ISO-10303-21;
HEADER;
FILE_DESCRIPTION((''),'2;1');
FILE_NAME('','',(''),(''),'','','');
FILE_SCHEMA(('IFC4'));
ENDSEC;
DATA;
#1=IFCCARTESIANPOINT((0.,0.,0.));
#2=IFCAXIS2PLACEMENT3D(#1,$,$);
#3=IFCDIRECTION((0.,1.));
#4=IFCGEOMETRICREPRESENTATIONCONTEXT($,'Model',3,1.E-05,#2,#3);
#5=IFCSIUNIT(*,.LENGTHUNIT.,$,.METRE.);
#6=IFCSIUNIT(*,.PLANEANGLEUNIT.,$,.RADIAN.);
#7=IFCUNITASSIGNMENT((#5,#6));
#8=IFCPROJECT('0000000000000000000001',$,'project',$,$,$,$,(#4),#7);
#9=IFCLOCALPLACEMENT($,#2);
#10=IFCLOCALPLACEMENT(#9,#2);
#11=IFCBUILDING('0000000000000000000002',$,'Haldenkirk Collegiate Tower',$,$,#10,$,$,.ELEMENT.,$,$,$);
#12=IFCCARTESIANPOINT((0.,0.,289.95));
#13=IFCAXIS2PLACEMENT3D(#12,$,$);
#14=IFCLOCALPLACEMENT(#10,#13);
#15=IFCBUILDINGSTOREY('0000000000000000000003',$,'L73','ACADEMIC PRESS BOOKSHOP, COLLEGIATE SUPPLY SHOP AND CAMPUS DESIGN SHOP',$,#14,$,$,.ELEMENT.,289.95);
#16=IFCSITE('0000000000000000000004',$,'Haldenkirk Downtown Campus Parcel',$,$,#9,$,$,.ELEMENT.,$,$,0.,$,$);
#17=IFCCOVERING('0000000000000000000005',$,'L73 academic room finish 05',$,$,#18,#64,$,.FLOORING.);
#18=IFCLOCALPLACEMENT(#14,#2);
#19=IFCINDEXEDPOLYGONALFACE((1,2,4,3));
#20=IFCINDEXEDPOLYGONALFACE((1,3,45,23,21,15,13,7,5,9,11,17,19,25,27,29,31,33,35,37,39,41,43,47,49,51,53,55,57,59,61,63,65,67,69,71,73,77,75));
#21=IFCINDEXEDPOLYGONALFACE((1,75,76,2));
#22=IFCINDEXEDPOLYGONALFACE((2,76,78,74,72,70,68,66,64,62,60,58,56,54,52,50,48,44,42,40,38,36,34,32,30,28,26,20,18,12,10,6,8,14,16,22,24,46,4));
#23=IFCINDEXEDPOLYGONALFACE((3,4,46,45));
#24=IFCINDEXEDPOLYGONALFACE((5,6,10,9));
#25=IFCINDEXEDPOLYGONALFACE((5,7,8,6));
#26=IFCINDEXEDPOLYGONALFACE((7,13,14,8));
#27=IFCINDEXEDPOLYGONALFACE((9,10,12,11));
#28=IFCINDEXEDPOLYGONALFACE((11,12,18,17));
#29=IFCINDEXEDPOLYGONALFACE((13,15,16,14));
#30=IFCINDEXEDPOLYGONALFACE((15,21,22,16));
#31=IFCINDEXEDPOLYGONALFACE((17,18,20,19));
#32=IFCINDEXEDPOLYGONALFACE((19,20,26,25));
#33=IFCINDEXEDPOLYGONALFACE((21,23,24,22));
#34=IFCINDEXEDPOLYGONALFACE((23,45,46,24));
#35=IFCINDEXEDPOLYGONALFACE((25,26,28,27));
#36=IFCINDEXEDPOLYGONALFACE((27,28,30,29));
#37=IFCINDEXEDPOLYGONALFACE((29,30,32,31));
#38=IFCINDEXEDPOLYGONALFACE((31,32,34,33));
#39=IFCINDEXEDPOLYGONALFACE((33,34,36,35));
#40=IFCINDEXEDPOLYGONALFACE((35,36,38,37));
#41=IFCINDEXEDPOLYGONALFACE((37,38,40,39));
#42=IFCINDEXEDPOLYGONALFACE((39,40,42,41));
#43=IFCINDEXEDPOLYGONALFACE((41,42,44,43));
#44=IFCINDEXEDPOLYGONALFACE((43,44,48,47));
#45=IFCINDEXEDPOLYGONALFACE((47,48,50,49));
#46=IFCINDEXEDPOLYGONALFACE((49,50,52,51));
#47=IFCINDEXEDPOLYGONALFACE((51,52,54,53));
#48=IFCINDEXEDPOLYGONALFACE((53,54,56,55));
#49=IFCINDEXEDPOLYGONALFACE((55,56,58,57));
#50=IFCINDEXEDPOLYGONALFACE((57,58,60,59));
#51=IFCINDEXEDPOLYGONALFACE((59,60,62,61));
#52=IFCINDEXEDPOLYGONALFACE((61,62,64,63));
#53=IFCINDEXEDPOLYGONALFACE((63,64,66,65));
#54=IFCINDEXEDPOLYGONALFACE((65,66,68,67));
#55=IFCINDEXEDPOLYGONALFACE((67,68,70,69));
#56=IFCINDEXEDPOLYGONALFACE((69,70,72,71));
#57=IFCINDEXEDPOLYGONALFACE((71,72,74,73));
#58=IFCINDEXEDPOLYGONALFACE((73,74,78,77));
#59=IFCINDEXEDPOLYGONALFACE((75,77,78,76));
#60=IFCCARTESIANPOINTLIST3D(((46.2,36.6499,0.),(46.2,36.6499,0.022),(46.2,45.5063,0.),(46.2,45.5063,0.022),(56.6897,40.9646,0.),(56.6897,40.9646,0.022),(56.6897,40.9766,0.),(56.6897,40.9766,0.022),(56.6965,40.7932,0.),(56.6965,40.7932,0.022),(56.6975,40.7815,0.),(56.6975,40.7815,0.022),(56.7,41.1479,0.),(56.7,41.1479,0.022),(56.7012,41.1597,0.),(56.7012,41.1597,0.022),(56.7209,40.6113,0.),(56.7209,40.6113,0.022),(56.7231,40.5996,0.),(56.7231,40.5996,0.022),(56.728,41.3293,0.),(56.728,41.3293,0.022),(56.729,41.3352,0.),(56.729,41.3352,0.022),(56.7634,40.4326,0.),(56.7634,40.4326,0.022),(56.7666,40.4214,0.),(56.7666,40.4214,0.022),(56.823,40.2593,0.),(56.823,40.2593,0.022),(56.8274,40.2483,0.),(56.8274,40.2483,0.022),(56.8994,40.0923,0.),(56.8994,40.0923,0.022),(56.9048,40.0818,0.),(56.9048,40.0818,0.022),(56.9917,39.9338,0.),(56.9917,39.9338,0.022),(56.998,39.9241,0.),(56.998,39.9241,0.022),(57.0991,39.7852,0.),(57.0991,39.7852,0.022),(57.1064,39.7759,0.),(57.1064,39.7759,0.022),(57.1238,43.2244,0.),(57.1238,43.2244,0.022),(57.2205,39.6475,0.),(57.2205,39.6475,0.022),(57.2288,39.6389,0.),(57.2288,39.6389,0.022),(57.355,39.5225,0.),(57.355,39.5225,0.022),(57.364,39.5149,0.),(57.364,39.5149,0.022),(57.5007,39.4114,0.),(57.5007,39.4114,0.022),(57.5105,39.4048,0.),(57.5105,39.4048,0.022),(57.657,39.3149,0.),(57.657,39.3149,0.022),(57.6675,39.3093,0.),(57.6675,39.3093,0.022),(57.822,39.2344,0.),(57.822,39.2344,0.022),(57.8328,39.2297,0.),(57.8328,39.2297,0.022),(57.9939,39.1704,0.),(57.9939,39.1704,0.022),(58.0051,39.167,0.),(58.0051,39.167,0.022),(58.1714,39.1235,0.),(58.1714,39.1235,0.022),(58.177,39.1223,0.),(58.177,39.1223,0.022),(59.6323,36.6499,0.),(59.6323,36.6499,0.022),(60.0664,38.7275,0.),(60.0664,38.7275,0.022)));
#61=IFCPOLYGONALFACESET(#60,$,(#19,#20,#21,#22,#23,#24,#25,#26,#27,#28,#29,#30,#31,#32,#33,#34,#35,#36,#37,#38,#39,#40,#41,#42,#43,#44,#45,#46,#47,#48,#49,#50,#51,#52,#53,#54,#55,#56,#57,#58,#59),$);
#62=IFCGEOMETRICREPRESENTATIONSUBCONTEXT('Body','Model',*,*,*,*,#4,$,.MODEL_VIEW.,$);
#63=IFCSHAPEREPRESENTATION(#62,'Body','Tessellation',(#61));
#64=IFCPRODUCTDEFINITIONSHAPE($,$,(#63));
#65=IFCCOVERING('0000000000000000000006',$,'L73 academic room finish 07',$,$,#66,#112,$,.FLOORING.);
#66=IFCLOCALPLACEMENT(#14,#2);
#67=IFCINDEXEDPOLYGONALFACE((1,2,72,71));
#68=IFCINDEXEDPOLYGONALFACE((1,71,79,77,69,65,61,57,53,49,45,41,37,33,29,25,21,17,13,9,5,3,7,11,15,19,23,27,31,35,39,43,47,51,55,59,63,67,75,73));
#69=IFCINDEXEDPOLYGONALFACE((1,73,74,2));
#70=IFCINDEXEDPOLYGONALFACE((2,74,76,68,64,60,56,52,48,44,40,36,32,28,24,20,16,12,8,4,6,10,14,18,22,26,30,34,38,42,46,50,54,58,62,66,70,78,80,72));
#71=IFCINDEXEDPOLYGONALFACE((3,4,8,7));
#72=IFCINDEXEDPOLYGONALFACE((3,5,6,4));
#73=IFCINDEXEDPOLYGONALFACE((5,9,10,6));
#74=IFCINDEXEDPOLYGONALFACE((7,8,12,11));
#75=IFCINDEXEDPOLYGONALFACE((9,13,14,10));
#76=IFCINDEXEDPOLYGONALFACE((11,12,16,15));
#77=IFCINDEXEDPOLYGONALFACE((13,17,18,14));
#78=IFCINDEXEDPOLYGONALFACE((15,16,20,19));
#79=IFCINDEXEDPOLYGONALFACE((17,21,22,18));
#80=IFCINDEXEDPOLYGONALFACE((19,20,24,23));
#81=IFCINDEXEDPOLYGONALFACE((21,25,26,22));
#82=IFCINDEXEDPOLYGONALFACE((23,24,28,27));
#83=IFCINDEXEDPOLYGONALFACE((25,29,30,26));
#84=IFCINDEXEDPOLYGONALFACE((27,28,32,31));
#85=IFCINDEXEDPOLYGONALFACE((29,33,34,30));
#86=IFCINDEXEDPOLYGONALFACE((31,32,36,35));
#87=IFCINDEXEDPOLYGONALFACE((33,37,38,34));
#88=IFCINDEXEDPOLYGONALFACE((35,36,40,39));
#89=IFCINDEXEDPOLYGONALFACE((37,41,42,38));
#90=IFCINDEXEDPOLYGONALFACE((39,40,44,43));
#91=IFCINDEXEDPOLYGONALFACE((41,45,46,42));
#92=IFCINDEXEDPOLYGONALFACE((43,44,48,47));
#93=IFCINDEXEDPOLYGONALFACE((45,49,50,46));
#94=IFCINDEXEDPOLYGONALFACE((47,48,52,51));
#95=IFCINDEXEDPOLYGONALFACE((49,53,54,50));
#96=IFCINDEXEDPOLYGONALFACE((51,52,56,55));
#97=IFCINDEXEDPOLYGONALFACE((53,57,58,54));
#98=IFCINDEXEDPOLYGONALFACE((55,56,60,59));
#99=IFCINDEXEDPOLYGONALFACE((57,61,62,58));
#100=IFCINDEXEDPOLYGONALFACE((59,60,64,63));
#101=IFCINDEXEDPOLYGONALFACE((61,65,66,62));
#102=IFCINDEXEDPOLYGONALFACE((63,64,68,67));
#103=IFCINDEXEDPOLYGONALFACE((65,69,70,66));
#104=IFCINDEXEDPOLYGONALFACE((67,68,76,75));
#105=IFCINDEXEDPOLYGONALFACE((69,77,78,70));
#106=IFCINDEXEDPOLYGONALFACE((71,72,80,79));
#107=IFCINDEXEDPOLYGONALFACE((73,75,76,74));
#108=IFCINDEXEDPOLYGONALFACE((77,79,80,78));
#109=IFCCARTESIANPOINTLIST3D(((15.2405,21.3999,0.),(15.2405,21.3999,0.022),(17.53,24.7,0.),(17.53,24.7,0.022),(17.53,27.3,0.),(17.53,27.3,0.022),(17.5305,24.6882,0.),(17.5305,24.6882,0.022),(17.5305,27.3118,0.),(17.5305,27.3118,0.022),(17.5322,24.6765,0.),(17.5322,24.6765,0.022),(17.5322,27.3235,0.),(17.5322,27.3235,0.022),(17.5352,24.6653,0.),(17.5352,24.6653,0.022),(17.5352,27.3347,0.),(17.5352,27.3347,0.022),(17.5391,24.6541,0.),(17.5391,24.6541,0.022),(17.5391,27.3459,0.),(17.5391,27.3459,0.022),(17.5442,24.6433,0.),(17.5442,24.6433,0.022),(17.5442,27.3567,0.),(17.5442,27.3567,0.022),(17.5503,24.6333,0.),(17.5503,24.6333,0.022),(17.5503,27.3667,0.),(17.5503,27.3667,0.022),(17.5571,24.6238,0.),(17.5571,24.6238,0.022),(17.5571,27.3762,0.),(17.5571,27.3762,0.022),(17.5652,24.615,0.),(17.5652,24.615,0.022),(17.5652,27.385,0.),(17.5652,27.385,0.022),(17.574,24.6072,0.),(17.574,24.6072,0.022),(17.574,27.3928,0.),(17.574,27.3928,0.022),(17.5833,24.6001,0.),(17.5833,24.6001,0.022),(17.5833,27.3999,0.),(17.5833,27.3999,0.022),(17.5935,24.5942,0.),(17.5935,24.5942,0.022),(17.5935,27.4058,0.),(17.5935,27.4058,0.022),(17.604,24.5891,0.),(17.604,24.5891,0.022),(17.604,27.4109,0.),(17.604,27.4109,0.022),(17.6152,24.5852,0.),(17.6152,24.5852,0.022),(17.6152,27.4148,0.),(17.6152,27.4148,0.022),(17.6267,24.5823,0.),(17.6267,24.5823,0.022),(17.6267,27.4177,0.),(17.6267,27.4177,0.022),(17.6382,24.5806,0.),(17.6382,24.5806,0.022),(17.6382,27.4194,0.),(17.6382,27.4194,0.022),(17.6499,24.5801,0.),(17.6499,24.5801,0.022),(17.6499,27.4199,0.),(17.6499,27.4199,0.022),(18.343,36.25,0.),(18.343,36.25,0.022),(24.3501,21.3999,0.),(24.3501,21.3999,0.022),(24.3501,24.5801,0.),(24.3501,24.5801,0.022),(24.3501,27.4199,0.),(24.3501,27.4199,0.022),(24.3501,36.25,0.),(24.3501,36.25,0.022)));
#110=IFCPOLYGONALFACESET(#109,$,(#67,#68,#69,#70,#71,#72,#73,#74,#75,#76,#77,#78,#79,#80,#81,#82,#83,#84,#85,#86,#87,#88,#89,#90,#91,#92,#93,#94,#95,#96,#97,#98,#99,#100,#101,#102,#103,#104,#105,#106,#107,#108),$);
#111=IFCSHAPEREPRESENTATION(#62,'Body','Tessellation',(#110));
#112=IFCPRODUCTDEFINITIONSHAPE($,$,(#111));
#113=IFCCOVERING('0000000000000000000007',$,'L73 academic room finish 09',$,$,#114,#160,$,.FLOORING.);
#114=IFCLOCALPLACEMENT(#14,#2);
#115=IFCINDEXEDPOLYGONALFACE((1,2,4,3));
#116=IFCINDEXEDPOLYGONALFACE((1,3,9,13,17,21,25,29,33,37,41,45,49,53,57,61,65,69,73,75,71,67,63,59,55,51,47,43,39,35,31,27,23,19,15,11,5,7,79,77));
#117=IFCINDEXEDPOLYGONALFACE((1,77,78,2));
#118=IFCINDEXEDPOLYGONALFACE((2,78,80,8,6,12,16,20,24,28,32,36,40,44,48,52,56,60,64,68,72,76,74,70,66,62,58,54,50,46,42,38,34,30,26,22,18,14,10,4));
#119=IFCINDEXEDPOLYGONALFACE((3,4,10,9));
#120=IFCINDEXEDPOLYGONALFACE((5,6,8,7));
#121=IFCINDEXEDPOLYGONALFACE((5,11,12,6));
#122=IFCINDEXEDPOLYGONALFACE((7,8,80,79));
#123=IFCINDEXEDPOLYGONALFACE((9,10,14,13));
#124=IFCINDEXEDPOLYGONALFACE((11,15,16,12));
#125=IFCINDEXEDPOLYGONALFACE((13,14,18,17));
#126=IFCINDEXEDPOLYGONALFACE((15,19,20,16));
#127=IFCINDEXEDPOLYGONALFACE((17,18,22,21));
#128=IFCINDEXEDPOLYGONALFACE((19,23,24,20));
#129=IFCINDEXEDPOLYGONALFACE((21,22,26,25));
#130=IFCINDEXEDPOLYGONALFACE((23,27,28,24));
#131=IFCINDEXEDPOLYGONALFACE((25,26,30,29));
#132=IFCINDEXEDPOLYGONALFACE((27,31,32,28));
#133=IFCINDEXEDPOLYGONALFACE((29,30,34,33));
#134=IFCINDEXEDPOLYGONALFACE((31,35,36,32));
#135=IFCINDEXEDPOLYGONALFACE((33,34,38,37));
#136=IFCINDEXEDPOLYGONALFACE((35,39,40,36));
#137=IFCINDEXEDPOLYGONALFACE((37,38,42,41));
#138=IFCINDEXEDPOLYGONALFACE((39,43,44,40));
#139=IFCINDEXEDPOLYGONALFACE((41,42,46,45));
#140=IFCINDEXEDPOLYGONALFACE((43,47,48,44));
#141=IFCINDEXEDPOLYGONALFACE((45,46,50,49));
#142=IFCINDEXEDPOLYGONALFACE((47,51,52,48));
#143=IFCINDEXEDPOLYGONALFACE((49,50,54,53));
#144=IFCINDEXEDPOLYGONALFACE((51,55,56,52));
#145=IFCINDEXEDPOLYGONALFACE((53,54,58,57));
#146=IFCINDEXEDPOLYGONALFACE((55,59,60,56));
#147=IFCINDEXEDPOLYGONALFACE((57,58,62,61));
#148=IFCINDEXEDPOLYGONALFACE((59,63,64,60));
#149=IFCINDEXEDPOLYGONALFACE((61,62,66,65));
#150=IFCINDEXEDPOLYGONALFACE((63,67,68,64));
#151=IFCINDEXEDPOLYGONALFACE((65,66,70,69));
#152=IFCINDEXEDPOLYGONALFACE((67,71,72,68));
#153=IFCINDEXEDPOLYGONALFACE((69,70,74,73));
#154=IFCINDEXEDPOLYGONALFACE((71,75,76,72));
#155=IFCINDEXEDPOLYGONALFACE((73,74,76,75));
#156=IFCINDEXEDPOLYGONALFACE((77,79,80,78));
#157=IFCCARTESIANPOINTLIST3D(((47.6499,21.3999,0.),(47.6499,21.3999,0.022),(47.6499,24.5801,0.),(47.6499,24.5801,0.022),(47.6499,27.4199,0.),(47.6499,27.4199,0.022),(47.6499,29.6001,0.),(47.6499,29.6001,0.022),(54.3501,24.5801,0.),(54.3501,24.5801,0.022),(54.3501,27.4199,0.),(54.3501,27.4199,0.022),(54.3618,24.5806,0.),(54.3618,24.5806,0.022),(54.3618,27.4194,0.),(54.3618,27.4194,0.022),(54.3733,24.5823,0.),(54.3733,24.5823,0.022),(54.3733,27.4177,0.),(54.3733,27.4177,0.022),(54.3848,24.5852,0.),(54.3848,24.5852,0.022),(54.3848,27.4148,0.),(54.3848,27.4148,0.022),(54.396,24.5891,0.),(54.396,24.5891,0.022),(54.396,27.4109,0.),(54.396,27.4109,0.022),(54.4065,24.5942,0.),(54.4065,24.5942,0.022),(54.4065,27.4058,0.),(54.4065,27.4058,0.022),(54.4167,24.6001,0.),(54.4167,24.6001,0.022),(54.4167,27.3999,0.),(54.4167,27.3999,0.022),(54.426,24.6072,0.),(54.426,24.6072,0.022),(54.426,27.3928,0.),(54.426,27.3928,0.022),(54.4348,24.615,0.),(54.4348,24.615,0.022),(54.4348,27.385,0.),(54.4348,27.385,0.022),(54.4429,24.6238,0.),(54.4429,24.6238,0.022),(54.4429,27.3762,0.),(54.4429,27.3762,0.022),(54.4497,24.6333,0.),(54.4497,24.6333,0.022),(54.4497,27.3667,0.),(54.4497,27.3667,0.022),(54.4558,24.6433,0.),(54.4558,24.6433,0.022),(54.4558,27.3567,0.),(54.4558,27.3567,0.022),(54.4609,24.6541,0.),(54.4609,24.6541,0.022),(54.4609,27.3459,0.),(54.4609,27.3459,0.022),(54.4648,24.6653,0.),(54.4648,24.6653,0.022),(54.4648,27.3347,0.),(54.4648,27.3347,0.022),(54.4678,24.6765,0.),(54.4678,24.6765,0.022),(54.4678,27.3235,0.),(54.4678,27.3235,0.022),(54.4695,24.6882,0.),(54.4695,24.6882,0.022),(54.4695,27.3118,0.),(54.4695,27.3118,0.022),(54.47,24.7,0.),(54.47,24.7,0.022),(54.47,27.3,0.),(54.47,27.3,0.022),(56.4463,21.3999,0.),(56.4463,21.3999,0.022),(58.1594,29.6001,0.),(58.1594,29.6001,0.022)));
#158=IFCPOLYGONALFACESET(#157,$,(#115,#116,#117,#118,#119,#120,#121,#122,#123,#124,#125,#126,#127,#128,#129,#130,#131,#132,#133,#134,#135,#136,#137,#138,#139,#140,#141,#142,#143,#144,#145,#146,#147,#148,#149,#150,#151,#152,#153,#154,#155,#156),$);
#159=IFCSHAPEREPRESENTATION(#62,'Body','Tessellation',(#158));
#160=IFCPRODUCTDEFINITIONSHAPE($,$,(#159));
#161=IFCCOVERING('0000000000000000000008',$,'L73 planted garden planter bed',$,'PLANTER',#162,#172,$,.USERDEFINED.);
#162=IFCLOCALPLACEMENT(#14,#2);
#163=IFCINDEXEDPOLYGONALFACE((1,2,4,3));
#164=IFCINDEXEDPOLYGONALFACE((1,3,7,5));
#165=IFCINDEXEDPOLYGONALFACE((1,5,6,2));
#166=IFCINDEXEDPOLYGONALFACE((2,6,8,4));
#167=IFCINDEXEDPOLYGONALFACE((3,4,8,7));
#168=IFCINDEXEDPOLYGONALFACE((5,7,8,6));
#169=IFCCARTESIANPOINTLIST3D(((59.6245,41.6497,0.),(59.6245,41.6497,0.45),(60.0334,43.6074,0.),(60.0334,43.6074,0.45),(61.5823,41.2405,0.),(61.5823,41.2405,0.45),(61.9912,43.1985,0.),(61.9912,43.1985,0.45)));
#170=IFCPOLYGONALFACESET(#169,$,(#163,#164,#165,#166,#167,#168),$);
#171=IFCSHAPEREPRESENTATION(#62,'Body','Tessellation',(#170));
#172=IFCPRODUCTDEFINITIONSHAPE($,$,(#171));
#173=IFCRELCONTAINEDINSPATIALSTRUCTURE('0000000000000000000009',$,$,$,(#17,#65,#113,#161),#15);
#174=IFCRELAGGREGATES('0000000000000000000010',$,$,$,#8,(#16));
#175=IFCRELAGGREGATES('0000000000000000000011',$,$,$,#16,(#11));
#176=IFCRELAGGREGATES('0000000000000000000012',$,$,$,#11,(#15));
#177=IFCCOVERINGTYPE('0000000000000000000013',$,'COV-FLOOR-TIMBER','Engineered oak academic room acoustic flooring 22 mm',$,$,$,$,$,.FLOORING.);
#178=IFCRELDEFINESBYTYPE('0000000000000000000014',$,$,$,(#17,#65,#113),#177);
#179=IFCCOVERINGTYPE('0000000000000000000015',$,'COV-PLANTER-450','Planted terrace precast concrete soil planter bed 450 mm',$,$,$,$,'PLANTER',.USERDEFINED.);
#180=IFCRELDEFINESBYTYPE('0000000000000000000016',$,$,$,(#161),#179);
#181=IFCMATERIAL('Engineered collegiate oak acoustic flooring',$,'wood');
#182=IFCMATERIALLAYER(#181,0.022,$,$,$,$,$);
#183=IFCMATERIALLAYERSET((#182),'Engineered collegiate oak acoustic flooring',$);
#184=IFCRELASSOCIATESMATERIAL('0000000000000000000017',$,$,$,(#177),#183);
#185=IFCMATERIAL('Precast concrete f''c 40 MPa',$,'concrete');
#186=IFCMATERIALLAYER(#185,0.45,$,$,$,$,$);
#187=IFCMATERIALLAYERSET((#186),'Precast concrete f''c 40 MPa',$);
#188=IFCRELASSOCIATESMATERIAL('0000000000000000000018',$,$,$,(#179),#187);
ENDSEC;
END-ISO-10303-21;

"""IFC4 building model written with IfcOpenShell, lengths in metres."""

from ifc_helpers import new_model, si_unit, direction, frame, origin, place, context, subcontext, project, spatial, polyline, outline, extrude, material, layer, layer_set, type_object, element, save


model = new_model("IFC4")

# Units and contexts
model_context = context("Model", 3, precision=1e-05, world=origin(), true_north=direction((0.0, 1.0)))
body_context = subcontext(model_context, "Body", "Model", "MODEL_VIEW")
ifc_project = project(units=[si_unit("LENGTHUNIT", "METRE"), si_unit("PLANEANGLEUNIT", "RADIAN")], contexts=[model_context])

# Site, building, storey
site_placement = place(None, origin())
site = spatial("IfcSite", under=ifc_project, at=site_placement, Name="Haldenkirk Downtown Campus Parcel", CompositionType="ELEMENT", RefElevation=0.0)
building_placement = place(site_placement, origin())
building = spatial("IfcBuilding", under=site, at=building_placement, Name="Haldenkirk Collegiate Tower", CompositionType="ELEMENT")
storey_placement = place(building_placement, frame((0.0, 0.0, 289.95)))
storey = spatial("IfcBuildingStorey", under=building, at=storey_placement, Name="L73", Description="ACADEMIC PRESS BOOKSHOP, COLLEGIATE SUPPLY SHOP AND CAMPUS DESIGN SHOP", CompositionType="ELEMENT", Elevation=289.95)

# Shared definitions
ifc_material_1 = material(Name="Precast concrete f'c 40 MPa", Category="concrete")

# Coverings
ifc_material_2 = material(Name="Engineered collegiate oak acoustic flooring", Category="wood")
ifc_layer_1 = layer(ifc_material_2, 0.022)
ifc_layer_set_1 = layer_set([ifc_layer_1], Name="Engineered collegiate oak acoustic flooring")
covering_type_1 = type_object("IfcCoveringType", Name="COV-FLOOR-TIMBER", Description="Engineered oak academic room acoustic flooring 22 mm", PredefinedType="FLOORING", material=ifc_layer_set_1)
covering_1_placement = place(storey_placement, origin())
element("IfcCovering", 1, at=covering_1_placement, inside=storey, type_object=covering_type_1, Name="L73 academic room finish 05", PredefinedType="FLOORING", context=body_context, shape_type="SweptSolid", body=[
    extrude(outline(polyline([(57.1238, 43.2244), (56.729, 41.3352), (56.728, 41.3293), (56.7012, 41.1597), (56.7, 41.1479), (56.6897, 40.9766), (56.6897, 40.9646), (56.6965, 40.7932), (56.6975, 40.7815), (56.7209, 40.6113), (56.7231, 40.5996), (56.7634, 40.4326), (56.7666, 40.4214), (56.823, 40.2593), (56.8274, 40.2483), (56.8994, 40.0923), (56.9048, 40.0818), (56.9917, 39.9338), (56.998, 39.9241), (57.0991, 39.7852), (57.1064, 39.7759), (57.2205, 39.6475), (57.2288, 39.6389), (57.355, 39.5225), (57.364, 39.5149), (57.5007, 39.4114), (57.5105, 39.4048), (57.657, 39.3149), (57.6675, 39.3093), (57.822, 39.2344), (57.8328, 39.2297), (57.9939, 39.1704), (58.0051, 39.167), (58.1714, 39.1235), (58.177, 39.1223), (60.0664, 38.7275), (59.6323, 36.6499), (46.2, 36.6499), (46.2, 45.5063), (57.1238, 43.2244)])), origin(), (0.0, 0.0, 1.0), 0.022),
])
covering_2_placement = place(storey_placement, origin())
element("IfcCovering", 2, at=covering_2_placement, inside=storey, type_object=covering_type_1, Name="L73 academic room finish 07", PredefinedType="FLOORING", context=body_context, shape_type="SweptSolid", body=[
    extrude(outline(polyline([(17.6499, 27.4199), (17.6382, 27.4194), (17.6267, 27.4177), (17.6152, 27.4148), (17.604, 27.4109), (17.5935, 27.4058), (17.5833, 27.3999), (17.574, 27.3928), (17.5652, 27.385), (17.5571, 27.3762), (17.5503, 27.3667), (17.5442, 27.3567), (17.5391, 27.3459), (17.5352, 27.3347), (17.5322, 27.3235), (17.5305, 27.3118), (17.53, 27.3), (17.53, 24.7), (17.5305, 24.6882), (17.5322, 24.6765), (17.5352, 24.6653), (17.5391, 24.6541), (17.5442, 24.6433), (17.5503, 24.6333), (17.5571, 24.6238), (17.5652, 24.615), (17.574, 24.6072), (17.5833, 24.6001), (17.5935, 24.5942), (17.604, 24.5891), (17.6152, 24.5852), (17.6267, 24.5823), (17.6382, 24.5806), (17.6499, 24.5801), (24.3501, 24.5801), (24.3501, 21.3999), (15.2405, 21.3999), (18.343, 36.25), (24.3501, 36.25), (24.3501, 27.4199), (17.6499, 27.4199)])), origin(), (0.0, 0.0, 1.0), 0.022),
])
covering_3_placement = place(storey_placement, origin())
element("IfcCovering", 3, at=covering_3_placement, inside=storey, type_object=covering_type_1, Name="L73 academic room finish 09", PredefinedType="FLOORING", context=body_context, shape_type="SweptSolid", body=[
    extrude(outline(polyline([(54.3501, 24.5801), (54.3618, 24.5806), (54.3733, 24.5823), (54.3848, 24.5852), (54.396, 24.5891), (54.4065, 24.5942), (54.4167, 24.6001), (54.426, 24.6072), (54.4348, 24.615), (54.4429, 24.6238), (54.4497, 24.6333), (54.4558, 24.6433), (54.4609, 24.6541), (54.4648, 24.6653), (54.4678, 24.6765), (54.4695, 24.6882), (54.47, 24.7), (54.47, 27.3), (54.4695, 27.3118), (54.4678, 27.3235), (54.4648, 27.3347), (54.4609, 27.3459), (54.4558, 27.3567), (54.4497, 27.3667), (54.4429, 27.3762), (54.4348, 27.385), (54.426, 27.3928), (54.4167, 27.3999), (54.4065, 27.4058), (54.396, 27.4109), (54.3848, 27.4148), (54.3733, 27.4177), (54.3618, 27.4194), (54.3501, 27.4199), (47.6499, 27.4199), (47.6499, 29.6001), (58.1594, 29.6001), (56.4463, 21.3999), (47.6499, 21.3999), (47.6499, 24.5801), (54.3501, 24.5801)])), origin(), (0.0, 0.0, 1.0), 0.022),
])
ifc_layer_2 = layer(ifc_material_1, 0.45)
ifc_layer_set_2 = layer_set([ifc_layer_2], Name="Precast concrete f'c 40 MPa")
covering_type_2 = type_object("IfcCoveringType", Name="COV-PLANTER-450", Description="Planted terrace precast concrete soil planter bed 450 mm", ElementType="PLANTER", PredefinedType="USERDEFINED", material=ifc_layer_set_2)
covering_4_placement = place(storey_placement, origin())
element("IfcCovering", 4, at=covering_4_placement, inside=storey, type_object=covering_type_2, Name="L73 planted garden planter bed", ObjectType="PLANTER", PredefinedType="USERDEFINED", context=body_context, shape_type="SweptSolid", body=[
    extrude(outline(polyline([(61.5823, 41.2405), (59.6245, 41.6497), (60.0334, 43.6074), (61.9912, 43.1985), (61.5823, 41.2405)])), origin(), (0.0, 0.0, 1.0), 0.45),
])

save(model, "model.ifc")
